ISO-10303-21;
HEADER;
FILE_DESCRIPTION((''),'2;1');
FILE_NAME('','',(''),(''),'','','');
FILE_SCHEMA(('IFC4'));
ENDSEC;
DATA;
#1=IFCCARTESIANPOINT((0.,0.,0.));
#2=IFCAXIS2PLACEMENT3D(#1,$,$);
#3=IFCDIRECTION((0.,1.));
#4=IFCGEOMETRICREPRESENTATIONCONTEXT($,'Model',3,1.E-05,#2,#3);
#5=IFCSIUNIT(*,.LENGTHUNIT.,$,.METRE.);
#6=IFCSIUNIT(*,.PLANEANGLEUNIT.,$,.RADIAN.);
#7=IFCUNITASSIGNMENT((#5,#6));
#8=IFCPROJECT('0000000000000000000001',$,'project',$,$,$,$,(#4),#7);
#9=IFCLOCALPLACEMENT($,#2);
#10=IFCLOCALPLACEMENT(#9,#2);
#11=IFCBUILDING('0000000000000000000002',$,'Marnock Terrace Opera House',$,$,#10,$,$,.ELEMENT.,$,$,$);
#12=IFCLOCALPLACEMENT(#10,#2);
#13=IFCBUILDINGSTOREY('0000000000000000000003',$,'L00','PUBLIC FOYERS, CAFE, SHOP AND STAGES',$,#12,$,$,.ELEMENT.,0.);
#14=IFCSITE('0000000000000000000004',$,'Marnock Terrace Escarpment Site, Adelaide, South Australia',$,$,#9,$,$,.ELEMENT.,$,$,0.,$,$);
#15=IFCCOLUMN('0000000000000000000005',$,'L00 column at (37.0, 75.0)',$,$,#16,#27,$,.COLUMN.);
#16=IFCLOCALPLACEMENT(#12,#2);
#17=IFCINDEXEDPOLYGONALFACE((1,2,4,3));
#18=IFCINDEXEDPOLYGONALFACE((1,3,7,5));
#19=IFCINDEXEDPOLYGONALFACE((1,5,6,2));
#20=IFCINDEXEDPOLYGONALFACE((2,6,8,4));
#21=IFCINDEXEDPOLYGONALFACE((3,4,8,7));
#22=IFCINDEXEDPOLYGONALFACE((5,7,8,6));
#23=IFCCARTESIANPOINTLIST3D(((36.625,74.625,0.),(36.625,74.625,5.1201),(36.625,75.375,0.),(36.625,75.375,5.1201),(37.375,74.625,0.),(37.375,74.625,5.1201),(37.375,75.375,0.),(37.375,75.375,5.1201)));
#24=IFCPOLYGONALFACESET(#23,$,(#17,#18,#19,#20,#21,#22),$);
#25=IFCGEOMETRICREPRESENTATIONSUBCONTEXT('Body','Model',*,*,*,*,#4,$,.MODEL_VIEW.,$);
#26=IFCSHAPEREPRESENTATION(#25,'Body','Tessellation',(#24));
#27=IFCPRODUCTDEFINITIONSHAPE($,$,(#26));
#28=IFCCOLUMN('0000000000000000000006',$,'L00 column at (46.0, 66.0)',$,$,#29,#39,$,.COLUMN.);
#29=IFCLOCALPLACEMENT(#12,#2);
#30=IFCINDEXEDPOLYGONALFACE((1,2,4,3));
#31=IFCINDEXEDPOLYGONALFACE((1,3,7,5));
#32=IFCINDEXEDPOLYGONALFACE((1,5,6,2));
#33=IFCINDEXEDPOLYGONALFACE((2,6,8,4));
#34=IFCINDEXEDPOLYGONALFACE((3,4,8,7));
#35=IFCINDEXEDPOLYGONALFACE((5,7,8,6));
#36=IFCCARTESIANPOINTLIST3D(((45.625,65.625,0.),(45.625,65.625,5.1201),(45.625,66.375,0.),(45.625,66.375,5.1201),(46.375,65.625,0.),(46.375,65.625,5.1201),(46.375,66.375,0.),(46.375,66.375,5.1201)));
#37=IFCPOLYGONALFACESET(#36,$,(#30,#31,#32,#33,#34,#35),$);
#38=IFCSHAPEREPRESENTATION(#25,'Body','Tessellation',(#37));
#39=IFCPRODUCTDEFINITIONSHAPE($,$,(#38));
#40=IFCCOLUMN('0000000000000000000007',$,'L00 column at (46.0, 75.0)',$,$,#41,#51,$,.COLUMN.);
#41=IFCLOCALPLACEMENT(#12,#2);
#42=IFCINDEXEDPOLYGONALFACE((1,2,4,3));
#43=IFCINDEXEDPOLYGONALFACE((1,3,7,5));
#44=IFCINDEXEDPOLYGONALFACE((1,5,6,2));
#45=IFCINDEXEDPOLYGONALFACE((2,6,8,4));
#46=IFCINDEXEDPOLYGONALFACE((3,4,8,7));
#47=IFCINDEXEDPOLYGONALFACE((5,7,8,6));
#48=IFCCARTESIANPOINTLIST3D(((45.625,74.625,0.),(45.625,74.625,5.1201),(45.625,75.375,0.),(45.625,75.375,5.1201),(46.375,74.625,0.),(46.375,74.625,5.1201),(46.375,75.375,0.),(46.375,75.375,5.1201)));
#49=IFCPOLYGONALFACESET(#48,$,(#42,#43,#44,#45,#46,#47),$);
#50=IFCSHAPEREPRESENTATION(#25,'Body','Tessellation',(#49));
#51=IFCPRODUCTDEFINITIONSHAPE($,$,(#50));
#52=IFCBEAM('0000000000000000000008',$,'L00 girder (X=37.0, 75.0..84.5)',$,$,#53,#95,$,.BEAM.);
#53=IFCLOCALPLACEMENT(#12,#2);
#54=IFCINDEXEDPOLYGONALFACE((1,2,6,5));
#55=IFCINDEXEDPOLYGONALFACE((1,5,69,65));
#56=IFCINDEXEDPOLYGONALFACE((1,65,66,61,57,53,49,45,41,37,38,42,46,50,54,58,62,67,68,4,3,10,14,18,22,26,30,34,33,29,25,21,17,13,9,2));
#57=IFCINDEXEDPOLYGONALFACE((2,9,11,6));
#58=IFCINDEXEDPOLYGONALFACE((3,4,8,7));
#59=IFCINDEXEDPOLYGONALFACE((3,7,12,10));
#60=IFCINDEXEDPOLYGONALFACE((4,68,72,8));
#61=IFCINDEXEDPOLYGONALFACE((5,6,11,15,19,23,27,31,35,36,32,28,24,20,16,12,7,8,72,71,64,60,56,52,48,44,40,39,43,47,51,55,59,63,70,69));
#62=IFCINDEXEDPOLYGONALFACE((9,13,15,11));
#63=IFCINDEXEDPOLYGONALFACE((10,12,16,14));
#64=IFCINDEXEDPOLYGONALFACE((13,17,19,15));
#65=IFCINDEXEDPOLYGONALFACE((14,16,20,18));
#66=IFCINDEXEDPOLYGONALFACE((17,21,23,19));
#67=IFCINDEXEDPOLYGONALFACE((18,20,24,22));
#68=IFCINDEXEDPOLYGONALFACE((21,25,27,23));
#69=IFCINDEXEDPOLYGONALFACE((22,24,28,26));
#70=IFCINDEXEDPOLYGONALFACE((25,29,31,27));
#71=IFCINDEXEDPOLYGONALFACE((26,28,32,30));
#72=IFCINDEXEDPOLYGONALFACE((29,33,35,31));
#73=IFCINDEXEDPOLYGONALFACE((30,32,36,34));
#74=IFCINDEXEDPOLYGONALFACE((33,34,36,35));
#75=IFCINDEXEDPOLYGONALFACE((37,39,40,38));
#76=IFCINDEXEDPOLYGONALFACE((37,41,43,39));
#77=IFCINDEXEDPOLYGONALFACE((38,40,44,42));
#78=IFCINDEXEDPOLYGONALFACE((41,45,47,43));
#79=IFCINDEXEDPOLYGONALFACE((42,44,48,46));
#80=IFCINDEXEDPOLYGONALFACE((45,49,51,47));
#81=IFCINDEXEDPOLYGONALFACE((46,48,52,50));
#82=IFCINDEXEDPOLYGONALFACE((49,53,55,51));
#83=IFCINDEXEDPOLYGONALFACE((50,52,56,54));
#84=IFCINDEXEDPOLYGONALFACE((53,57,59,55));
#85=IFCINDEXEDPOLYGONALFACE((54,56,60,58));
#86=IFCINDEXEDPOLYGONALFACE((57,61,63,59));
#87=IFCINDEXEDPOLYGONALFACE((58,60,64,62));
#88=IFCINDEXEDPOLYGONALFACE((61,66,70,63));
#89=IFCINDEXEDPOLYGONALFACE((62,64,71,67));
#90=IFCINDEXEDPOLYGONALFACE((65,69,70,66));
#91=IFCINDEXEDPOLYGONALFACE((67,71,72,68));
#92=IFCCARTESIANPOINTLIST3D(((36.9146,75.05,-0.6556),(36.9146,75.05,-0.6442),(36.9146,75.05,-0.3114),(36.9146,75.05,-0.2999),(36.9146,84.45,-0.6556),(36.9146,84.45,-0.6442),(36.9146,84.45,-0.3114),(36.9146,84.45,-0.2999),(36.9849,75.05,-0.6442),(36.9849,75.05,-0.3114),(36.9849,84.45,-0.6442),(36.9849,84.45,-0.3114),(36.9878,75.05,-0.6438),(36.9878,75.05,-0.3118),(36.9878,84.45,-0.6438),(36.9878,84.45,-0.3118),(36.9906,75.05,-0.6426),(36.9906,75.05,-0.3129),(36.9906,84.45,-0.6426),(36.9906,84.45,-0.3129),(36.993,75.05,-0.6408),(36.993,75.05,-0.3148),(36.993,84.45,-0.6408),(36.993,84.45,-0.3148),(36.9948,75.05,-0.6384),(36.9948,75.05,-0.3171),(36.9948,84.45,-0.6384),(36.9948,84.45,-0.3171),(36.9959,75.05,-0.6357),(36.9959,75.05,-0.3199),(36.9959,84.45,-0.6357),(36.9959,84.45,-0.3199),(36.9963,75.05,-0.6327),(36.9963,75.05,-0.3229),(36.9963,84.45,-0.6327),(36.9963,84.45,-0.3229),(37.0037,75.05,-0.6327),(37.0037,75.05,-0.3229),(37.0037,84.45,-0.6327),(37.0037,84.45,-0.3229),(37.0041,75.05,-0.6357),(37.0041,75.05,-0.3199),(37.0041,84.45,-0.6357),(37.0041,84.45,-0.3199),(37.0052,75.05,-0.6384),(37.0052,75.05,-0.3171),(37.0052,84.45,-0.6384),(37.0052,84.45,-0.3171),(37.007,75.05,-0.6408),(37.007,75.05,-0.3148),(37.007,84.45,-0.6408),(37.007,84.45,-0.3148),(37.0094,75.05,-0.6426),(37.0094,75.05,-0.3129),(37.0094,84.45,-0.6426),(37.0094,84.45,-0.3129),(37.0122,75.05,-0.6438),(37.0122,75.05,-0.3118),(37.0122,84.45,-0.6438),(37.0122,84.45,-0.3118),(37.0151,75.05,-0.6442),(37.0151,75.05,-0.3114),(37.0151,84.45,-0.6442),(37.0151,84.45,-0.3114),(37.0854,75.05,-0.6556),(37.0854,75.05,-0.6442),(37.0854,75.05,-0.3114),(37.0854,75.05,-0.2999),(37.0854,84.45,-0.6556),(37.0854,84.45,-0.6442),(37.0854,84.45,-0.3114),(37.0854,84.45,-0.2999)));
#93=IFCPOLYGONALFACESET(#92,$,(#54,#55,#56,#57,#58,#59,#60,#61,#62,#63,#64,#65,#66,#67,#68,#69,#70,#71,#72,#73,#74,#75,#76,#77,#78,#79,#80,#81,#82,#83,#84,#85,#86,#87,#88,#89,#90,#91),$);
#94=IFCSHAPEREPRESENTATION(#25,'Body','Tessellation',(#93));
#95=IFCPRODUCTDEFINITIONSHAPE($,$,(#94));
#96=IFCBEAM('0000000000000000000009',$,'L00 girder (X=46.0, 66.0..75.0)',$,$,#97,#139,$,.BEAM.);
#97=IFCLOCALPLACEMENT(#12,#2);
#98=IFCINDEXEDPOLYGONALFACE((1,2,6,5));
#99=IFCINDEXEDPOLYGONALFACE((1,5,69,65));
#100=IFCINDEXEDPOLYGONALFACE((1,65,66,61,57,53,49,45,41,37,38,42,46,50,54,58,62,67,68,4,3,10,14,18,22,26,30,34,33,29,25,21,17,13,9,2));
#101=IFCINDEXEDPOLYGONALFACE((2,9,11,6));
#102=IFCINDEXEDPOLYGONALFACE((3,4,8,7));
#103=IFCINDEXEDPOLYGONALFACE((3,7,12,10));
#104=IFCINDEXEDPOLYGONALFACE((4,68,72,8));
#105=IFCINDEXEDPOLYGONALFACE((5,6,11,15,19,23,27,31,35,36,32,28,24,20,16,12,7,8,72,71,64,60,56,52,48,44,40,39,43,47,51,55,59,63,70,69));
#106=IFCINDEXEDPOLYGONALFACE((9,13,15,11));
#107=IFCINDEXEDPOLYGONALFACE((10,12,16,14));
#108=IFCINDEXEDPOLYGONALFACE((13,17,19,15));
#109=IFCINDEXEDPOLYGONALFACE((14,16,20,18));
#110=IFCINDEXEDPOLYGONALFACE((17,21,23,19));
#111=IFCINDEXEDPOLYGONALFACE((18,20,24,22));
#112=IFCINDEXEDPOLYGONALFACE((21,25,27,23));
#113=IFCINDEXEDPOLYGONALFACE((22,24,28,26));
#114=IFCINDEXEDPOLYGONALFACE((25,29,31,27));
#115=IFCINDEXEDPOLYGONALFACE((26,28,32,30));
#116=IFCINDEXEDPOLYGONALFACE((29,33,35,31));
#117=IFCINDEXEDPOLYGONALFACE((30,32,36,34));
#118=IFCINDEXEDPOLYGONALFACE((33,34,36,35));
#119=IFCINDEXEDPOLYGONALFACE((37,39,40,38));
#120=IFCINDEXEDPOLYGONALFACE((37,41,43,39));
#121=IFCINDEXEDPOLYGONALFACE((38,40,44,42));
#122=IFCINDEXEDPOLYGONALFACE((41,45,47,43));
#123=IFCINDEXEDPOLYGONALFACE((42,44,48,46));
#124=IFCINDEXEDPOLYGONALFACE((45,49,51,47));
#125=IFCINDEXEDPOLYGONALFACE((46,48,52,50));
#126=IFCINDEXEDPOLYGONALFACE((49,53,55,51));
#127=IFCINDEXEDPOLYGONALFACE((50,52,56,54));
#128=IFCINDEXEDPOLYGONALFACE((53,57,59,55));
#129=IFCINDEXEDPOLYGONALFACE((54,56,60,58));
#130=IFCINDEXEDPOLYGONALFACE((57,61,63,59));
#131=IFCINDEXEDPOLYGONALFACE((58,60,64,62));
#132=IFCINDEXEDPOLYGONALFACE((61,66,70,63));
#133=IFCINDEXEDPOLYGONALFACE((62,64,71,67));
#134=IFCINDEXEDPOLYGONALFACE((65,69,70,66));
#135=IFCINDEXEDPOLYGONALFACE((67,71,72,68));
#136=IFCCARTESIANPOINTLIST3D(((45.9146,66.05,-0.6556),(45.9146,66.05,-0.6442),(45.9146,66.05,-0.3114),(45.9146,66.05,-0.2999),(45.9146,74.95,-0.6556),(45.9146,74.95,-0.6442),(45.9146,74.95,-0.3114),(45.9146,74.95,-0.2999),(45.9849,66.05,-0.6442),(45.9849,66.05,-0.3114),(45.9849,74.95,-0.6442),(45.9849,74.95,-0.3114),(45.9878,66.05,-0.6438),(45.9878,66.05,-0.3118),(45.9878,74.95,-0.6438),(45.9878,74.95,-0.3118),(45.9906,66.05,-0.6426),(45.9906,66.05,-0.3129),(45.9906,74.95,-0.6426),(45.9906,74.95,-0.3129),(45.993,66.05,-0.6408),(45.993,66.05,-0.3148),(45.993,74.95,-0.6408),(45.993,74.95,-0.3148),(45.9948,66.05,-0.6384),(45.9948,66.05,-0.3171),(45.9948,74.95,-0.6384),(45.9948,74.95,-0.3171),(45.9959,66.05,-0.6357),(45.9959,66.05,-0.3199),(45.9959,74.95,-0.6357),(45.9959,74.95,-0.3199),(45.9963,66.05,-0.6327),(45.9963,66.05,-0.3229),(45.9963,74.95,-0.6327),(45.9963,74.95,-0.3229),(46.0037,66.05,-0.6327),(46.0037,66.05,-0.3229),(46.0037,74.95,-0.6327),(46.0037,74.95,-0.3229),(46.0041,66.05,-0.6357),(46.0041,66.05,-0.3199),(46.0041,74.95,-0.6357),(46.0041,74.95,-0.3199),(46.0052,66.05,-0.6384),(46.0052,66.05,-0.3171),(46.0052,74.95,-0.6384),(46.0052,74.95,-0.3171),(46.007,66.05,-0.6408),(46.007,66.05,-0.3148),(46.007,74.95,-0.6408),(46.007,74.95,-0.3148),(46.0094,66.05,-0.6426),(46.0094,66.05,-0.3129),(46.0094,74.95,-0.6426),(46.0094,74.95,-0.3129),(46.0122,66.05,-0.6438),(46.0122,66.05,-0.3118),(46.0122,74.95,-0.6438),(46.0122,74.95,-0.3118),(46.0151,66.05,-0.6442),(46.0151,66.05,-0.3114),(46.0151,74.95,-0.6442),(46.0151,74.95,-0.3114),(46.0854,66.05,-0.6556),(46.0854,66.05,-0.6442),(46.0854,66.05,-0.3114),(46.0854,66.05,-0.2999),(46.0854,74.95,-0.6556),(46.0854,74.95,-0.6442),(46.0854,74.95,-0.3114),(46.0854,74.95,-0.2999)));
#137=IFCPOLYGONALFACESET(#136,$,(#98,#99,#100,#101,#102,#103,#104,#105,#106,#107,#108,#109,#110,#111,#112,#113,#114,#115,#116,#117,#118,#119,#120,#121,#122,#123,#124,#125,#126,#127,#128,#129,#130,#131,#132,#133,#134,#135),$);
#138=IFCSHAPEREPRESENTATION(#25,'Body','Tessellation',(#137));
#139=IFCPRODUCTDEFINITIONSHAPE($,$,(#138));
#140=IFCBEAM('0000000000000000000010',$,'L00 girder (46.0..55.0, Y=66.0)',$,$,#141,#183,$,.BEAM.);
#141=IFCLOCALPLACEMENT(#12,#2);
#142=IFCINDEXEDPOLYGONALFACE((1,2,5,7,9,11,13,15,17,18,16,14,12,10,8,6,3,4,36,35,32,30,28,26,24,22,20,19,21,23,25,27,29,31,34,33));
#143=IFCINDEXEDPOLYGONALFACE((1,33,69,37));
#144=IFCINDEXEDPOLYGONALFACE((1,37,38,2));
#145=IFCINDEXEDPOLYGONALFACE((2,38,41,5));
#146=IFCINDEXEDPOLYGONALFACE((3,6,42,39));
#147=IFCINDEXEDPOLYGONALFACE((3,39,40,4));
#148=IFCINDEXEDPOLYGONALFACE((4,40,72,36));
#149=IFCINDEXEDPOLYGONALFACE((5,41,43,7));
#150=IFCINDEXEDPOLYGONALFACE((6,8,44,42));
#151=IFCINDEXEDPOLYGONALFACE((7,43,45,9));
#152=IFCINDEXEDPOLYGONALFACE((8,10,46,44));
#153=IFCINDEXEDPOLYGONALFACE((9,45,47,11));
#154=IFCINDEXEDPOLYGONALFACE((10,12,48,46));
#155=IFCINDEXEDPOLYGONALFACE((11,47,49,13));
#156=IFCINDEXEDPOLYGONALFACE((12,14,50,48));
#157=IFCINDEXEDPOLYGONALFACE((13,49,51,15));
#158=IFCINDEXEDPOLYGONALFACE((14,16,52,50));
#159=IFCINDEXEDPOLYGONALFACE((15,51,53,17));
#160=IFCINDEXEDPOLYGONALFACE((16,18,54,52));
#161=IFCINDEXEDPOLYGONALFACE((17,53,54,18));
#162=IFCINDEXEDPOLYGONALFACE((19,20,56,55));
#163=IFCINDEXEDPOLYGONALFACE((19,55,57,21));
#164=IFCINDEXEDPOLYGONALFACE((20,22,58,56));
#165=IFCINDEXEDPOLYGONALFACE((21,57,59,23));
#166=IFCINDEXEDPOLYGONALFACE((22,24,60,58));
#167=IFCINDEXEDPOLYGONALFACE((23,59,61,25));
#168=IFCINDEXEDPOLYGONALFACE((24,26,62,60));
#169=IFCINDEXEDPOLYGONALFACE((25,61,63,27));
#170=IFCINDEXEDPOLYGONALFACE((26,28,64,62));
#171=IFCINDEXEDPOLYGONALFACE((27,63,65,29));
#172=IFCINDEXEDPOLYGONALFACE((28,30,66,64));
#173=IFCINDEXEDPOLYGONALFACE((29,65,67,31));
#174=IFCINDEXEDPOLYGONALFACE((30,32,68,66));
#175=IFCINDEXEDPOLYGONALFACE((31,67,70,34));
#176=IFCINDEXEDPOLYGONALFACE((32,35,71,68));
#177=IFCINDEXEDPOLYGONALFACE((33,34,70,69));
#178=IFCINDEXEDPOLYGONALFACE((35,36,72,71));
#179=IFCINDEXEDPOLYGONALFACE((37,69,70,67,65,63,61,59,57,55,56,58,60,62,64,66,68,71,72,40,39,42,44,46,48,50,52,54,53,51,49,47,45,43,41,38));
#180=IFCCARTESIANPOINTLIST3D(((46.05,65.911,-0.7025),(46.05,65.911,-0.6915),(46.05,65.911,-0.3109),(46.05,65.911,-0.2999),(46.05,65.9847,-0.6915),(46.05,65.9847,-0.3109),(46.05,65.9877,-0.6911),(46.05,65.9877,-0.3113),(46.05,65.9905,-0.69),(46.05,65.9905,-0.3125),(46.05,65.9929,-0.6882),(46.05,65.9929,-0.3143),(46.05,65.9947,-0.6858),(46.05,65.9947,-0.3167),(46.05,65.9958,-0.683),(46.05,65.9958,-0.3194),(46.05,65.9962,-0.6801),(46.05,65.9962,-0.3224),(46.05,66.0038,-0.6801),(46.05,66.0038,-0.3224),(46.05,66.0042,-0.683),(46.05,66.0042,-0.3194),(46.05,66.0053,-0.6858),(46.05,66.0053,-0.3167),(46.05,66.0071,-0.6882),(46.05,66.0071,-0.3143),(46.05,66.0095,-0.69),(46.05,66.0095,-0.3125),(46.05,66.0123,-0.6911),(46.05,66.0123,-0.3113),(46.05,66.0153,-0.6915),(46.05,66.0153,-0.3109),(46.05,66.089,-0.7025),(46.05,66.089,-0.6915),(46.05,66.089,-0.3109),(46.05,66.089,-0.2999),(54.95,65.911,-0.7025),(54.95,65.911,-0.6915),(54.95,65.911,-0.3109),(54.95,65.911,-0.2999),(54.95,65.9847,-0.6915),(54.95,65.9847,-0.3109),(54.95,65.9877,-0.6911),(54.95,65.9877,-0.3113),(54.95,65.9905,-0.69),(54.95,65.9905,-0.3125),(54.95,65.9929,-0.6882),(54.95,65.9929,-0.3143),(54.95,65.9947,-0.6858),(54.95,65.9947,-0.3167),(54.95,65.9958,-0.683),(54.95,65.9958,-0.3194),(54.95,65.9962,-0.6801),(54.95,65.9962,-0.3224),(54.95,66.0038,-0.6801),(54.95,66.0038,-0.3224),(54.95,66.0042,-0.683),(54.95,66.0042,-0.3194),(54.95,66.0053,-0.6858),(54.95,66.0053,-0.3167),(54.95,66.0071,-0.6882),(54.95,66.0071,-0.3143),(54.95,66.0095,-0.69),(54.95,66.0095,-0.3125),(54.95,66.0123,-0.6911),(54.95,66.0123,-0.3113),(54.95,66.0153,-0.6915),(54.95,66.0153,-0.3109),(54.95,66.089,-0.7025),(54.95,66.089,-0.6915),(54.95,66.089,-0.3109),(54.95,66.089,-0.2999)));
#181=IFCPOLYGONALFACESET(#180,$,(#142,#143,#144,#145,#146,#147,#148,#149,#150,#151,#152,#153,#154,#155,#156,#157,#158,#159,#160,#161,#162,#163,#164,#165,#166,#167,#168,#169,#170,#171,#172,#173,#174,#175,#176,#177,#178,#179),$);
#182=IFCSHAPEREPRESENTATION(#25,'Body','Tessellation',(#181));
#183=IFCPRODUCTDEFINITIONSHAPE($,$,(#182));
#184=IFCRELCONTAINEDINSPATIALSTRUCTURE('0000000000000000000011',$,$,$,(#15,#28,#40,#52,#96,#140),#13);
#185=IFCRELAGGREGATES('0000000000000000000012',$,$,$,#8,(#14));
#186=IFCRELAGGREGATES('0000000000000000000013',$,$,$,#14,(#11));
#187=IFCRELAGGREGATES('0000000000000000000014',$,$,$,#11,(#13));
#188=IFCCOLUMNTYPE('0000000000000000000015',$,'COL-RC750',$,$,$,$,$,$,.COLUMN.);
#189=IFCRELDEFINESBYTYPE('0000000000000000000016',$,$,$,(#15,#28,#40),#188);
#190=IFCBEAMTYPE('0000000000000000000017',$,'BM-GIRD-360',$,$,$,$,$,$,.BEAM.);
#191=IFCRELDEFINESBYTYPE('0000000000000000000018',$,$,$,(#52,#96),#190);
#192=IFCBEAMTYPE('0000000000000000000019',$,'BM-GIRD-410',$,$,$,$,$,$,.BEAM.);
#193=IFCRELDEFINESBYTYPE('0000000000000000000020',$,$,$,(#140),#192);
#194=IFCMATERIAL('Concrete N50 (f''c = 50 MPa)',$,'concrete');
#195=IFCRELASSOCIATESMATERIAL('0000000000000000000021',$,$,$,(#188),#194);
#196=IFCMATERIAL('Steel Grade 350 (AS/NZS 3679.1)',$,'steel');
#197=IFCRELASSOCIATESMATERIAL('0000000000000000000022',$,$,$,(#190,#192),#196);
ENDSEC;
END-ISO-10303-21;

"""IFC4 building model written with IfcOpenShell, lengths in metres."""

from ifc_helpers import new_model, si_unit, direction, frame, origin, origin_2d, place, context, subcontext, project, spatial, rectangle, i_section, extrude, material, material_profile, profile_set, type_object, element, save


model = new_model("IFC4")

# Units and contexts
model_context = context("Model", 3, precision=1e-05, world=origin(), true_north=direction((0.0, 1.0)))
body_context = subcontext(model_context, "Body", "Model", "MODEL_VIEW")
ifc_project = project(units=[si_unit("LENGTHUNIT", "METRE"), si_unit("PLANEANGLEUNIT", "RADIAN")], contexts=[model_context])

# Site, building, storey
site_placement = place(None, origin())
site = spatial("IfcSite", under=ifc_project, at=site_placement, Name="Marnock Terrace Escarpment Site, Adelaide, South Australia", CompositionType="ELEMENT", RefElevation=0.0)
building_placement = place(site_placement, origin())
building = spatial("IfcBuilding", under=site, at=building_placement, Name="Marnock Terrace Opera House", CompositionType="ELEMENT")
storey_placement = place(building_placement, origin())
storey = spatial("IfcBuildingStorey", under=building, at=storey_placement, Name="L00", Description="PUBLIC FOYERS, CAFE, SHOP AND STAGES", CompositionType="ELEMENT", Elevation=0.0)

# Columns
ifc_material_1 = material(Name="Concrete N50 (f'c = 50 MPa)", Category="concrete")
ifc_material_profile_1 = material_profile(ifc_material_1, rectangle(XDim=0.75, YDim=0.75, at=origin_2d()))
ifc_profile_set_1 = profile_set([ifc_material_profile_1], Name="Concrete N50 (f'c = 50 MPa)")
column_type = type_object("IfcColumnType", Name="COL-RC750", PredefinedType="COLUMN", material=ifc_profile_set_1)
for number, where, z_axis, x_axis, name in (
    (1, (37.0, 75.0, 0.0), (0.0, 0.0, 1.0), (1.0, 0.0, 0.0), "L00 column at (37.0, 75.0)"),
    (2, (46.0, 66.0, 0.0), (0.0, 0.0, 1.0), (1.0, 0.0, 0.0), "L00 column at (46.0, 66.0)"),
    (3, (46.0, 75.0, 0.0), (0.0, 0.0, 1.0), (1.0, 0.0, 0.0), "L00 column at (46.0, 75.0)"),
):
    element("IfcColumn", number, at=place(storey_placement, frame(where, z_axis=z_axis, x_axis=x_axis)), inside=storey, type_object=column_type, Name=name, PredefinedType="COLUMN", context=body_context, shape_type="SweptSolid", body=[
        extrude(rectangle(XDim=0.75, YDim=0.75, at=origin_2d()), origin(), (0.0, 0.0, 1.0), 5.1201),
    ])

# Beams
ifc_material_2 = material(Name="Steel Grade 350 (AS/NZS 3679.1)", Category="steel")
ifc_material_profile_2 = material_profile(ifc_material_2, i_section(OverallWidth=0.1709, OverallDepth=0.3557, WebThickness=0.0073, FlangeThickness=0.0115, FilletRadius=0.0115, at=origin_2d()))
ifc_profile_set_2 = profile_set([ifc_material_profile_2], Name="Steel Grade 350 (AS/NZS 3679.1)")
beam_type_1 = type_object("IfcBeamType", Name="BM-GIRD-360", PredefinedType="BEAM", material=ifc_profile_set_2)
beam_1_placement = place(storey_placement, frame((37.0, 75.05, -0.4778), z_axis=(0.0, 1.0, 0.0), x_axis=(-1.0, 0.0, 0.0)))
element("IfcBeam", 4, at=beam_1_placement, inside=storey, type_object=beam_type_1, Name="L00 girder (X=37.0, 75.0..84.5)", PredefinedType="BEAM", context=body_context, shape_type="SweptSolid", body=[
    extrude(i_section(OverallWidth=0.1709, OverallDepth=0.3557, WebThickness=0.0073, FlangeThickness=0.0115, FilletRadius=0.0115, at=origin_2d()), origin(), (0.0, 0.0, 1.0), 9.3999),
])
beam_2_placement = place(storey_placement, frame((46.0, 66.05, -0.4778), z_axis=(0.0, 1.0, 0.0), x_axis=(-1.0, 0.0, 0.0)))
element("IfcBeam", 5, at=beam_2_placement, inside=storey, type_object=beam_type_1, Name="L00 girder (X=46.0, 66.0..75.0)", PredefinedType="BEAM", context=body_context, shape_type="SweptSolid", body=[
    extrude(i_section(OverallWidth=0.1709, OverallDepth=0.3557, WebThickness=0.0073, FlangeThickness=0.0115, FilletRadius=0.0115, at=origin_2d()), origin(), (0.0, 0.0, 1.0), 8.8999),
])
ifc_material_profile_3 = material_profile(ifc_material_2, i_section(OverallWidth=0.178, OverallDepth=0.4026, WebThickness=0.0076, FlangeThickness=0.011, FilletRadius=0.0115, at=origin_2d()))
ifc_profile_set_3 = profile_set([ifc_material_profile_3], Name="Steel Grade 350 (AS/NZS 3679.1)")
beam_type_2 = type_object("IfcBeamType", Name="BM-GIRD-410", PredefinedType="BEAM", material=ifc_profile_set_3)
beam_3_placement = place(storey_placement, frame((46.05, 66.0, -0.5012), z_axis=(1.0, 0.0, 0.0), x_axis=(0.0, 1.0, 0.0)))
element("IfcBeam", 6, at=beam_3_placement, inside=storey, type_object=beam_type_2, Name="L00 girder (46.0..55.0, Y=66.0)", PredefinedType="BEAM", context=body_context, shape_type="SweptSolid", body=[
    extrude(i_section(OverallWidth=0.178, OverallDepth=0.4026, WebThickness=0.0076, FlangeThickness=0.011, FilletRadius=0.0115, at=origin_2d()), origin(), (0.0, 0.0, 1.0), 8.8999),
])

save(model, "model.ifc")
